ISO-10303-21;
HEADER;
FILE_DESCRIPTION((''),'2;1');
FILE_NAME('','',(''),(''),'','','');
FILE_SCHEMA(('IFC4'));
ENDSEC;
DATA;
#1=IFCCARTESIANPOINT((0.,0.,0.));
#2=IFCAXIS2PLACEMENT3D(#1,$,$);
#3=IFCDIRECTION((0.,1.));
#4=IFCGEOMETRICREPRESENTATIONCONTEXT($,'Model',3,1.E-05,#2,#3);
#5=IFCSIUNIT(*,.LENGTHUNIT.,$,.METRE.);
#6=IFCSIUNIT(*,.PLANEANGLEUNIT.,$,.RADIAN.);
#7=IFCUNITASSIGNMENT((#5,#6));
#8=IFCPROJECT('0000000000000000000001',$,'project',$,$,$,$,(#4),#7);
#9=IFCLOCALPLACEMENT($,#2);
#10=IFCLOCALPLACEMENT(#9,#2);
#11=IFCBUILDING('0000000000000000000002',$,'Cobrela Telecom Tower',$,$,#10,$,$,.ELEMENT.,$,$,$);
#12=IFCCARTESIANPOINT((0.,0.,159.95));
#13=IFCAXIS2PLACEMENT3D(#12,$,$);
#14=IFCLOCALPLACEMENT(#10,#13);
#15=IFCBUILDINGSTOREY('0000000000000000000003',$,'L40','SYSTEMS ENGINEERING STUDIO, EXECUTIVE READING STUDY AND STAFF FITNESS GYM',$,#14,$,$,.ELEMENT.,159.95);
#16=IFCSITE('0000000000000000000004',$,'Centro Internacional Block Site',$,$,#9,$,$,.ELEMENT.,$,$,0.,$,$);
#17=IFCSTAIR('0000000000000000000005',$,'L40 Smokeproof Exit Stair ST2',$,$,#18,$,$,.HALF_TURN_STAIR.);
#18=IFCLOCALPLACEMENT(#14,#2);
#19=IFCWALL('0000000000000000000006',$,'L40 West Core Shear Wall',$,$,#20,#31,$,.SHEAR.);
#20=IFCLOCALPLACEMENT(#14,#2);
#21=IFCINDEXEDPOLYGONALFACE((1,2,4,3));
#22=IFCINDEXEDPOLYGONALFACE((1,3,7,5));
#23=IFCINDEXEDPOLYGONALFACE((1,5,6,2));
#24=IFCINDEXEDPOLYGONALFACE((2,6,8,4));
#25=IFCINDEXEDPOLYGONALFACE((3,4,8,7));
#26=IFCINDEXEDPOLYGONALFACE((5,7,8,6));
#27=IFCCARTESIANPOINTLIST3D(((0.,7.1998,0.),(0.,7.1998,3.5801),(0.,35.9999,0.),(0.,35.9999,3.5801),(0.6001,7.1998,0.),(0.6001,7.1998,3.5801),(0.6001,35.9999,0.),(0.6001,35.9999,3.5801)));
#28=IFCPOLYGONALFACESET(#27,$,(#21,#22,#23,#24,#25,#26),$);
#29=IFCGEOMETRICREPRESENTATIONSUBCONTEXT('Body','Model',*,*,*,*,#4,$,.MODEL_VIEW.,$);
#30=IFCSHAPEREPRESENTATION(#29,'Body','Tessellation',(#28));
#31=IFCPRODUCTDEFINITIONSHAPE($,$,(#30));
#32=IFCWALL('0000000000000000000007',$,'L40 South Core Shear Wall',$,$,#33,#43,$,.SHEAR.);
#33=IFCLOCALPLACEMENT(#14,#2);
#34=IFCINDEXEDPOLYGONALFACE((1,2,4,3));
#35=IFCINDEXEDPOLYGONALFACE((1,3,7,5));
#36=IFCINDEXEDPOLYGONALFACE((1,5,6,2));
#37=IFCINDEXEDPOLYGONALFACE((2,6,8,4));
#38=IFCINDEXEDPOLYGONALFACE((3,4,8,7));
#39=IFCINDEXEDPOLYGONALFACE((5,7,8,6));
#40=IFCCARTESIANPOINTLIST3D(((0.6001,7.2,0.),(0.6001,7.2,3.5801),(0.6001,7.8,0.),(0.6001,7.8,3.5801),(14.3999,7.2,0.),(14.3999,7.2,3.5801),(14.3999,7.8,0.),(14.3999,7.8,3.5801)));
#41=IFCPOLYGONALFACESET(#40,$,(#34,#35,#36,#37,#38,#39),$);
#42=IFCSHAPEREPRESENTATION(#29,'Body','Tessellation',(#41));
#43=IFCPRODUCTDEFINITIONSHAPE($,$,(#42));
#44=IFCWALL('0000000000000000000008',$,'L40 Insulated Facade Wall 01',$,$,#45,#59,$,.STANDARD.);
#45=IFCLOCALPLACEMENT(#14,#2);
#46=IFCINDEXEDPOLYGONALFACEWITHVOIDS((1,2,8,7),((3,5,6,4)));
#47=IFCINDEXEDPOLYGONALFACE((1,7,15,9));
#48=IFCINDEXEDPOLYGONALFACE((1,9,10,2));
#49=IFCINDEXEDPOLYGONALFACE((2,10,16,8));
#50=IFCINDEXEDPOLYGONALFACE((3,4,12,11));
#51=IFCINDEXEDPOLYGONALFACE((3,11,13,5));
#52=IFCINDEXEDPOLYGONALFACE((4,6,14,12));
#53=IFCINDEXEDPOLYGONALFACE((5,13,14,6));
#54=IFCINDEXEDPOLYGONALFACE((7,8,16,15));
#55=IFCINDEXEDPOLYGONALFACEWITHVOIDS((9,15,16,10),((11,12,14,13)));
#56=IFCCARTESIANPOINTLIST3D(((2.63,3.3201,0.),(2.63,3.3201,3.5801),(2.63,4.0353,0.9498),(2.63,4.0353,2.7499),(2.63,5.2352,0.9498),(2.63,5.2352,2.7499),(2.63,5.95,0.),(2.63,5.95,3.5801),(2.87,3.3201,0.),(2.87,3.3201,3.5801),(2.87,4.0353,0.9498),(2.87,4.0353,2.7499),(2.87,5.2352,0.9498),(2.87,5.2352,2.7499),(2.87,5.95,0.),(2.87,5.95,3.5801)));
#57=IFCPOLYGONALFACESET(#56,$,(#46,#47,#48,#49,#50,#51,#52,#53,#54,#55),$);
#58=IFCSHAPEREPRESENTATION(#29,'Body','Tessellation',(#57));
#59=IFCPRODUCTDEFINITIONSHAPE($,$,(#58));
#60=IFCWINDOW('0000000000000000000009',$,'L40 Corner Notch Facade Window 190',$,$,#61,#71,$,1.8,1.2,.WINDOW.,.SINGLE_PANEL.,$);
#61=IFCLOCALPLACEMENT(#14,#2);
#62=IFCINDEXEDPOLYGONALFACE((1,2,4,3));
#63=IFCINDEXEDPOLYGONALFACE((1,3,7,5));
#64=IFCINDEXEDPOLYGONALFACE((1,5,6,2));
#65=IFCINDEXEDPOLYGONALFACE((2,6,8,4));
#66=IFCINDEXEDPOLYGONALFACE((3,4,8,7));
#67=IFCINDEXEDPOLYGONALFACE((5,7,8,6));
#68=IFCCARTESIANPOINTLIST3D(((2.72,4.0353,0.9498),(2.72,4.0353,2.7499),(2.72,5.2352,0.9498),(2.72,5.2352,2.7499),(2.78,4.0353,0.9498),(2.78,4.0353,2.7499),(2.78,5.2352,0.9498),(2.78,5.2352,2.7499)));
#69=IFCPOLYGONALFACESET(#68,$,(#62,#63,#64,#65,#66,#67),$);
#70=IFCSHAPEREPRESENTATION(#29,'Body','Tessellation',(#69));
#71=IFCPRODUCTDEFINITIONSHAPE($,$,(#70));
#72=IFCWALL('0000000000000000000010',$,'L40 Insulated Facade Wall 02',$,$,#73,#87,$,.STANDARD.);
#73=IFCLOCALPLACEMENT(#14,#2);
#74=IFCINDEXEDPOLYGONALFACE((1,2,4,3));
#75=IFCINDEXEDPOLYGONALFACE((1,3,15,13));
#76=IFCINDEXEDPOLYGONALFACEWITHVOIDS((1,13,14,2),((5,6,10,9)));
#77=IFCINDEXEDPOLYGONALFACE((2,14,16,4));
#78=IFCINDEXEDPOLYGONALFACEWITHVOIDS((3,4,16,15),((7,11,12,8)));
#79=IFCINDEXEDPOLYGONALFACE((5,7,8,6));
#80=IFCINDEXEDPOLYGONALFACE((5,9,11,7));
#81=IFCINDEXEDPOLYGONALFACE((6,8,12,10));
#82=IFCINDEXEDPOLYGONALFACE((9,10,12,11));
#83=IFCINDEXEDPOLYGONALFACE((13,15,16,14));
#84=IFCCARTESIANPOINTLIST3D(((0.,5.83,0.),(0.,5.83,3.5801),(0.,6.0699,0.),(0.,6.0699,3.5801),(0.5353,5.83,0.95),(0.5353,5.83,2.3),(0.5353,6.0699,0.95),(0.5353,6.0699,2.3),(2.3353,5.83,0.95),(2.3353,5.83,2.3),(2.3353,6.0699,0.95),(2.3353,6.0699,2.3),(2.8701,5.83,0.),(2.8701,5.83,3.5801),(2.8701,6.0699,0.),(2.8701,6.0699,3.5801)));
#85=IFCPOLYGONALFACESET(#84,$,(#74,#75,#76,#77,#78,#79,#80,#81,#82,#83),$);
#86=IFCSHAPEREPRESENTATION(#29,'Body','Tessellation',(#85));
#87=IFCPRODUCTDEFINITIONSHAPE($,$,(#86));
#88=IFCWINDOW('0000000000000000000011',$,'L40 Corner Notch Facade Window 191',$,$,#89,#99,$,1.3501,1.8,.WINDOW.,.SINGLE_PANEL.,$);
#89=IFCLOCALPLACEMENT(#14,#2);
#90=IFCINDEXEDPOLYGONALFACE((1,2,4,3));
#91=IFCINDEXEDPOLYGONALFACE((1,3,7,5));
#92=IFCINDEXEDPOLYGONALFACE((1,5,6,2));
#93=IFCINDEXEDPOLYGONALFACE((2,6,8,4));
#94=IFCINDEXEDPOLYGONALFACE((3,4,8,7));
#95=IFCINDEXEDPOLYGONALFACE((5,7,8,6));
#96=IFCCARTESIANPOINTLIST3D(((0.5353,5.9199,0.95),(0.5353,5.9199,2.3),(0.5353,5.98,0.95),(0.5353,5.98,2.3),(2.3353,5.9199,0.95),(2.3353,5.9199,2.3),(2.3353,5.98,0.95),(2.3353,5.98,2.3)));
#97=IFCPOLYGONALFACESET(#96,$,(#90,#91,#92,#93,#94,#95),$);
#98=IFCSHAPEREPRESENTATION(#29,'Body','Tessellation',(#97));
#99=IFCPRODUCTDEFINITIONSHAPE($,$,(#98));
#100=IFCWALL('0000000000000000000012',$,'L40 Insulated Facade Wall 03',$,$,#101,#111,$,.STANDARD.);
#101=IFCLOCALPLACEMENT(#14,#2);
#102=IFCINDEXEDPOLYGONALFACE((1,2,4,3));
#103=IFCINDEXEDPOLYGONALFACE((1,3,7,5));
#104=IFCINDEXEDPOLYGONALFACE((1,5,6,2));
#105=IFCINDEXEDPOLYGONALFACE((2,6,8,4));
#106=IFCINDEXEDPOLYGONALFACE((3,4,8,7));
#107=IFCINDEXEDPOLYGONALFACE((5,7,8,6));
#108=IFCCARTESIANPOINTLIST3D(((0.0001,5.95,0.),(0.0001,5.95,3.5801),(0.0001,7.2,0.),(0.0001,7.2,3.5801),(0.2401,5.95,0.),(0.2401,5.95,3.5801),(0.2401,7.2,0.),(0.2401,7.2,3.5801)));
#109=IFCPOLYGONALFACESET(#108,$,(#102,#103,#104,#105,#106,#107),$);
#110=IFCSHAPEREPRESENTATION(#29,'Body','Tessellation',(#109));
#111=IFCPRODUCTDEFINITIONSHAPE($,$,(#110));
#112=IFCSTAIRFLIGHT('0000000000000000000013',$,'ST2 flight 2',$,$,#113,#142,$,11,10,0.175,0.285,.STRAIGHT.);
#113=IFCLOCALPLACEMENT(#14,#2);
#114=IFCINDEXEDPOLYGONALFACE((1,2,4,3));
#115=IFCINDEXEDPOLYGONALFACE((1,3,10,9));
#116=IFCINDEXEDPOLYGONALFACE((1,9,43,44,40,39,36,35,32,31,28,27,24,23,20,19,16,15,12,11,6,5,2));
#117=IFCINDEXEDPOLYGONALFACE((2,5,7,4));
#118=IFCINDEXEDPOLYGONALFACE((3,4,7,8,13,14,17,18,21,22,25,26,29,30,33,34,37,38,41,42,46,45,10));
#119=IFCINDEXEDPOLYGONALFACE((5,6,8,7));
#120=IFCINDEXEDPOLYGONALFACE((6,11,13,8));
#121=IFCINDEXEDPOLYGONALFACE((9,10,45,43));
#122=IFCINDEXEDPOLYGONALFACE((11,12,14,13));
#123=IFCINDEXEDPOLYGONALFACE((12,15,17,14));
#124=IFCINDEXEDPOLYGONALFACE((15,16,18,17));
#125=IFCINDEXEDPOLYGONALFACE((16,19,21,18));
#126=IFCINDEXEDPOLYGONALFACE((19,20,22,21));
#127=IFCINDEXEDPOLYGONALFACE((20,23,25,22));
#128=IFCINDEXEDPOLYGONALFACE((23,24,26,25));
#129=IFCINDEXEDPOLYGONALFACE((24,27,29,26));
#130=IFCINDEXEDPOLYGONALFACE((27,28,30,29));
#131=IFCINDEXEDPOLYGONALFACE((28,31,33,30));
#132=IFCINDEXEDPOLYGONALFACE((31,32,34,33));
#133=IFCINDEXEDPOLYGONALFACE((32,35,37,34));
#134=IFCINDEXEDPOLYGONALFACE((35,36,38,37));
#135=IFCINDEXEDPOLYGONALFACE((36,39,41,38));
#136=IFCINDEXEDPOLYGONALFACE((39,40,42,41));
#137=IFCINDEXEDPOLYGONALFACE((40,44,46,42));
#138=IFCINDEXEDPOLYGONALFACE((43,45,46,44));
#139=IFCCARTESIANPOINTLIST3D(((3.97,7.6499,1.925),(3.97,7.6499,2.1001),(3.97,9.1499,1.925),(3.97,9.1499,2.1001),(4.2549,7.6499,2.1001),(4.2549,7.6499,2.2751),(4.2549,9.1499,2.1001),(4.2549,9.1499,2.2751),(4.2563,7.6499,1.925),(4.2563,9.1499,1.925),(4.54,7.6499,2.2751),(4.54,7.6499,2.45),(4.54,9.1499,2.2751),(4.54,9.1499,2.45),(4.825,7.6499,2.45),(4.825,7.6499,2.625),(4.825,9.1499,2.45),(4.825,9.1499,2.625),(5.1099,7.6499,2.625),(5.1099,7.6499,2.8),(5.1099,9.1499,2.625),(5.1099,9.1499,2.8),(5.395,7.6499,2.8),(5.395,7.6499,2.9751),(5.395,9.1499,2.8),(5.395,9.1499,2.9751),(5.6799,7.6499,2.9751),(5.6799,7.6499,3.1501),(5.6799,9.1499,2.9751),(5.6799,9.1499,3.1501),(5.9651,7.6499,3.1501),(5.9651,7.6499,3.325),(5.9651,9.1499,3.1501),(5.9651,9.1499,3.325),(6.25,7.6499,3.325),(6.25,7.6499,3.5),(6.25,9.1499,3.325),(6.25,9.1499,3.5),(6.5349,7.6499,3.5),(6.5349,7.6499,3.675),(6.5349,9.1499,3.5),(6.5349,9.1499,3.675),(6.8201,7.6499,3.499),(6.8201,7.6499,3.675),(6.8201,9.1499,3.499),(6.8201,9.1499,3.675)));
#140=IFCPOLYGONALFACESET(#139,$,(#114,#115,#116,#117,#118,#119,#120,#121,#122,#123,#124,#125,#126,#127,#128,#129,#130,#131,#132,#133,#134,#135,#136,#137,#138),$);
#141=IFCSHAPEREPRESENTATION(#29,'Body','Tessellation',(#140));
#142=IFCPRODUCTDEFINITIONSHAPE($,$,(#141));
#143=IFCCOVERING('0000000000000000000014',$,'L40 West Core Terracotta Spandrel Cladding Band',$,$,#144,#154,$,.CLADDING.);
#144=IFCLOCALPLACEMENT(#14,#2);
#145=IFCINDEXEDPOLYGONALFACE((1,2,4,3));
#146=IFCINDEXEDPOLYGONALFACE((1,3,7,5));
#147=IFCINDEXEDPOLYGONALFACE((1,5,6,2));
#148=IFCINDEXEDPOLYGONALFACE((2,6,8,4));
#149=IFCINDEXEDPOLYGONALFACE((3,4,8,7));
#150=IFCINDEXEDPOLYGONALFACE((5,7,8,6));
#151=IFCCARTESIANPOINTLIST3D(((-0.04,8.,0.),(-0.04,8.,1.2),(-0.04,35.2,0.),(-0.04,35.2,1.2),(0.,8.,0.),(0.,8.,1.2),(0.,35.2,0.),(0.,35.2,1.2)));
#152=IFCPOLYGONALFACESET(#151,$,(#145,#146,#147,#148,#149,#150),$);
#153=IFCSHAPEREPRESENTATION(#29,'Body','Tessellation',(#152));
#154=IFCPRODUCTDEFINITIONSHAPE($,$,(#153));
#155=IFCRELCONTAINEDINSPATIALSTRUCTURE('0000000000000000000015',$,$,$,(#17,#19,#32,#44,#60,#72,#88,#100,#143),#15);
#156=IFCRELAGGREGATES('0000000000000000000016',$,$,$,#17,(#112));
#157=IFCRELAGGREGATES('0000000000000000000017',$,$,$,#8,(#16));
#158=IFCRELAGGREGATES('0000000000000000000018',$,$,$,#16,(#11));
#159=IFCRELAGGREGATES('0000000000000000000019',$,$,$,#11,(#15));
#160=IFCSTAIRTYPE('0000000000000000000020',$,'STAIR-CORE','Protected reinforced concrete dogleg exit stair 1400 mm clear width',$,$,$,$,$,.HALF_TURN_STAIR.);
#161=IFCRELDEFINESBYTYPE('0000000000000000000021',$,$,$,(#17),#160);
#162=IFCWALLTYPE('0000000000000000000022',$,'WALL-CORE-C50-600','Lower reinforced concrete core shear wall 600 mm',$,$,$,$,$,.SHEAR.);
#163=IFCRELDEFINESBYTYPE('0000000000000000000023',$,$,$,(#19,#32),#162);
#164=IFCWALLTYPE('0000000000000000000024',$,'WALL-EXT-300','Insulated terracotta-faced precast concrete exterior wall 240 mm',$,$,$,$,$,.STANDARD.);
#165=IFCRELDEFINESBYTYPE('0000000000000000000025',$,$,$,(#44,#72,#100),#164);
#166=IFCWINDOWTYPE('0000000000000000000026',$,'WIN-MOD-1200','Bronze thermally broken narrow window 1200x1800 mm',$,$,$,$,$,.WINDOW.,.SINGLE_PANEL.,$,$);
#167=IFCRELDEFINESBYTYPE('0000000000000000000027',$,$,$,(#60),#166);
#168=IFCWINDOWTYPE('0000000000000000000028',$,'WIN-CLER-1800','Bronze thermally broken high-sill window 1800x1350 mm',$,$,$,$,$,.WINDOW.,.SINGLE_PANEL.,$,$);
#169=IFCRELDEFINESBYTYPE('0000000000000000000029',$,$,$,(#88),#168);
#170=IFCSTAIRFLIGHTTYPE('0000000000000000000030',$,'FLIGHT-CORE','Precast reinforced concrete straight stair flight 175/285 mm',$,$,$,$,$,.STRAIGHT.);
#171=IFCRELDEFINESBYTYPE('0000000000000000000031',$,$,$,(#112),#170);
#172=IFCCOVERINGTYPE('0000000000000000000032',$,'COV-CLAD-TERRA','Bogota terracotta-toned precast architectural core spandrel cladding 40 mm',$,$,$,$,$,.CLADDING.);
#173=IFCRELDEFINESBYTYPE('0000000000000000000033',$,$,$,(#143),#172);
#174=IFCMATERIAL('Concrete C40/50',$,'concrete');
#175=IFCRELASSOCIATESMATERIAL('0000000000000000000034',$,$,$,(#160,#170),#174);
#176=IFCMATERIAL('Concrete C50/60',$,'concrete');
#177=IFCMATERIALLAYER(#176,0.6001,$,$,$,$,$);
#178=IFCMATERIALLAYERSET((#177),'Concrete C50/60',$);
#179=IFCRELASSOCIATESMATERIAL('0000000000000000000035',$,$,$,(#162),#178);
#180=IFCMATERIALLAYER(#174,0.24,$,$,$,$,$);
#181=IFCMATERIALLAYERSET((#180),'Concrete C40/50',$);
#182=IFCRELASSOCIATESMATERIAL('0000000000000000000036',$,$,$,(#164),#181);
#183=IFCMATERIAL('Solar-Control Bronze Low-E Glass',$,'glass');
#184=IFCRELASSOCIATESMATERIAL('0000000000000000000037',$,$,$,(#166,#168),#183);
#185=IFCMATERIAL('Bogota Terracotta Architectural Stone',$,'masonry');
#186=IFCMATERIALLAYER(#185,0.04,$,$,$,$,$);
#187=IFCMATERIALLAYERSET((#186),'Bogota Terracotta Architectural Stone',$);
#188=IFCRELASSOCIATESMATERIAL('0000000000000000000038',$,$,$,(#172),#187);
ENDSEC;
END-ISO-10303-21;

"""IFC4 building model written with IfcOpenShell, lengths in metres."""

from ifc_helpers import new_model, si_unit, direction, frame, frame_2d, origin, place, context, subcontext, project, spatial, polyline, rectangle, outline, extrude, material, layer, layer_set, type_object, element, fill, aggregate, save


model = new_model("IFC4")

# Units and contexts
model_context = context("Model", 3, precision=1e-05, world=origin(), true_north=direction((0.0, 1.0)))
body_context = subcontext(model_context, "Body", "Model", "MODEL_VIEW")
ifc_project = project(units=[si_unit("LENGTHUNIT", "METRE"), si_unit("PLANEANGLEUNIT", "RADIAN")], contexts=[model_context])

# Site, building, storey
site_placement = place(None, origin())
site = spatial("IfcSite", under=ifc_project, at=site_placement, Name="Centro Internacional Block Site", CompositionType="ELEMENT", RefElevation=0.0)
building_placement = place(site_placement, origin())
building = spatial("IfcBuilding", under=site, at=building_placement, Name="Cobrela Telecom Tower", CompositionType="ELEMENT")
storey_placement = place(building_placement, frame((0.0, 0.0, 159.95)))
storey = spatial("IfcBuildingStorey", under=building, at=storey_placement, Name="L40", Description="SYSTEMS ENGINEERING STUDIO, EXECUTIVE READING STUDY AND STAFF FITNESS GYM", CompositionType="ELEMENT", Elevation=159.95)

# Shared definitions
ifc_material_1 = material(Name="Solar-Control Bronze Low-E Glass", Category="glass")

# Shared definitions
ifc_material_2 = material(Name="Concrete C40/50", Category="concrete")

# Stair
stair_type = type_object("IfcStairType", Name="STAIR-CORE", Description="Protected reinforced concrete dogleg exit stair 1400 mm clear width", PredefinedType="HALF_TURN_STAIR", material=ifc_material_2)
stair_1_placement = place(storey_placement, origin())
stair_1 = element("IfcStair", 1, at=stair_1_placement, inside=storey, type_object=stair_type, Name="L40 Smokeproof Exit Stair ST2", PredefinedType="HALF_TURN_STAIR")

# Walls
ifc_material_3 = material(Name="Concrete C50/60", Category="concrete")
ifc_layer_1 = layer(ifc_material_3, 0.6001)
ifc_layer_set_1 = layer_set([ifc_layer_1], Name="Concrete C50/60")
wall_type_1 = type_object("IfcWallType", Name="WALL-CORE-C50-600", Description="Lower reinforced concrete core shear wall 600 mm", PredefinedType="SHEAR", material=ifc_layer_set_1)
wall_1_placement = place(storey_placement, frame((0.3, 7.2, 0.0), z_axis=(0.0, 0.0, 1.0), x_axis=(0.0, 1.0, 0.0)))
element("IfcWall", 2, at=wall_1_placement, inside=storey, type_object=wall_type_1, Name="L40 West Core Shear Wall", PredefinedType="SHEAR", context=body_context, shape_type="SweptSolid", body=[
    extrude(rectangle(XDim=28.8, YDim=0.6001, at=frame_2d((14.3999, 0.0))), origin(), (0.0, 0.0, 1.0), 3.5801),
])
wall_2_placement = place(storey_placement, frame((0.6001, 7.5, 0.0), z_axis=(0.0, 0.0, 1.0), x_axis=(1.0, 0.0, 0.0)))
element("IfcWall", 3, at=wall_2_placement, inside=storey, type_object=wall_type_1, Name="L40 South Core Shear Wall", PredefinedType="SHEAR", context=body_context, shape_type="SweptSolid", body=[
    extrude(rectangle(XDim=13.7998, YDim=0.6001, at=frame_2d((6.8999, 0.0))), origin(), (0.0, 0.0, 1.0), 3.5801),
])

# Walls, openings, windows
ifc_layer_2 = layer(ifc_material_2, 0.24)
ifc_layer_set_2 = layer_set([ifc_layer_2], Name="Concrete C40/50")
wall_type_2 = type_object("IfcWallType", Name="WALL-EXT-300", Description="Insulated terracotta-faced precast concrete exterior wall 240 mm", PredefinedType="STANDARD", material=ifc_layer_set_2)
wall_3_placement = place(storey_placement, frame((2.75, 3.3201, 0.0), z_axis=(0.0, 0.0, 1.0), x_axis=(0.0, 1.0, 0.0)))
wall_3 = element("IfcWall", 4, at=wall_3_placement, inside=storey, type_object=wall_type_2, Name="L40 Insulated Facade Wall 01", PredefinedType="STANDARD", context=body_context, shape_type="SweptSolid", body=[
    extrude(rectangle(XDim=2.6299, YDim=0.24, at=frame_2d((1.3149, 0.0))), origin(), (0.0, 0.0, 1.0), 3.5801),
])
opening_1_placement = place(wall_3_placement, frame((0.7151, 0.0, 0.95)))
opening_1 = element("IfcOpeningElement", 5, at=opening_1_placement, cuts=wall_3, PredefinedType="OPENING", context=body_context, shape_type="SweptSolid", body=[
    extrude(rectangle(XDim=1.2, YDim=1.8, at=frame_2d((0.6001, 0.8999))), frame((0.0, 0.1318, 0.0), z_axis=(0.0, -1.0, 0.0), x_axis=(1.0, 0.0, 0.0)), (0.0, 0.0, 1.0), 0.2639),
])
window_type_1 = type_object("IfcWindowType", Name="WIN-MOD-1200", Description="Bronze thermally broken narrow window 1200x1800 mm", PartitioningType="SINGLE_PANEL", PredefinedType="WINDOW", material=ifc_material_1)
window_1_placement = place(opening_1_placement, origin())
window_1 = element("IfcWindow", 6, at=window_1_placement, inside=storey, type_object=window_type_1, Name="L40 Corner Notch Facade Window 190", OverallHeight=1.8, OverallWidth=1.2, PartitioningType="SINGLE_PANEL", PredefinedType="WINDOW", context=body_context, shape_type="SweptSolid", body=[
    extrude(rectangle(XDim=1.2, YDim=1.8, at=frame_2d((0.6001, 0.8999))), frame((0.0, 0.03, 0.0), z_axis=(0.0, -1.0, 0.0), x_axis=(1.0, 0.0, 0.0)), (0.0, 0.0, 1.0), 0.0601),
])
fill(opening_1, window_1)
wall_4_placement = place(storey_placement, frame((2.8701, 5.95, 0.0), z_axis=(0.0, 0.0, 1.0), x_axis=(-1.0, 0.0, 0.0)))
wall_4 = element("IfcWall", 7, at=wall_4_placement, inside=storey, type_object=wall_type_2, Name="L40 Insulated Facade Wall 02", PredefinedType="STANDARD", context=body_context, shape_type="SweptSolid", body=[
    extrude(rectangle(XDim=2.8701, YDim=0.24, at=frame_2d((1.4351, 0.0))), origin(), (0.0, 0.0, 1.0), 3.5801),
])
opening_2_placement = place(wall_4_placement, frame((0.5349, 0.0, 0.95)))
opening_2 = element("IfcOpeningElement", 8, at=opening_2_placement, cuts=wall_4, PredefinedType="OPENING", context=body_context, shape_type="SweptSolid", body=[
    extrude(rectangle(XDim=1.8, YDim=1.3501, at=frame_2d((0.8999, 0.675))), frame((0.0, 0.1318, 0.0), z_axis=(0.0, -1.0, 0.0), x_axis=(1.0, 0.0, 0.0)), (0.0, 0.0, 1.0), 0.2639),
])
window_type_2 = type_object("IfcWindowType", Name="WIN-CLER-1800", Description="Bronze thermally broken high-sill window 1800x1350 mm", PartitioningType="SINGLE_PANEL", PredefinedType="WINDOW", material=ifc_material_1)
window_2_placement = place(opening_2_placement, origin())
window_2 = element("IfcWindow", 9, at=window_2_placement, inside=storey, type_object=window_type_2, Name="L40 Corner Notch Facade Window 191", OverallHeight=1.3501, OverallWidth=1.8, PartitioningType="SINGLE_PANEL", PredefinedType="WINDOW", context=body_context, shape_type="SweptSolid", body=[
    extrude(rectangle(XDim=1.8, YDim=1.3501, at=frame_2d((0.8999, 0.675))), frame((0.0, 0.03, 0.0), z_axis=(0.0, -1.0, 0.0), x_axis=(1.0, 0.0, 0.0)), (0.0, 0.0, 1.0), 0.0601),
])
fill(opening_2, window_2)

# Wall
wall_5_placement = place(storey_placement, frame((0.1201, 5.95, 0.0), z_axis=(0.0, 0.0, 1.0), x_axis=(0.0, 1.0, 0.0)))
element("IfcWall", 10, at=wall_5_placement, inside=storey, type_object=wall_type_2, Name="L40 Insulated Facade Wall 03", PredefinedType="STANDARD", context=body_context, shape_type="SweptSolid", body=[
    extrude(rectangle(XDim=1.25, YDim=0.24, at=frame_2d((0.625, 0.0))), origin(), (0.0, 0.0, 1.0), 3.5801),
])

# Stair flight
stair_flight_type = type_object("IfcStairFlightType", Name="FLIGHT-CORE", Description="Precast reinforced concrete straight stair flight 175/285 mm", PredefinedType="STRAIGHT", material=ifc_material_2)
stair_flight_placement = place(storey_placement, frame((3.97, 8.3999, 1.925), z_axis=(0.0, 0.0, 1.0), x_axis=(1.0, 0.0, 0.0)))
stair_flight = element("IfcStairFlight", 11, at=stair_flight_placement, type_object=stair_flight_type, Name="ST2 flight 2", NumberOfRisers=11, NumberOfTreads=10, PredefinedType="STRAIGHT", RiserHeight=0.175, TreadLength=0.285, context=body_context, shape_type="SweptSolid", body=[
    extrude(outline(polyline([(0.0, 0.0), (0.0, 0.175), (0.2849, 0.175), (0.2849, 0.3501), (0.5701, 0.3501), (0.5701, 0.5249), (0.855, 0.5249), (0.855, 0.7), (1.1399, 0.7), (1.1399, 0.875), (1.425, 0.875), (1.425, 1.05), (1.71, 1.05), (1.71, 1.2251), (1.9951, 1.2251), (1.9951, 1.3999), (2.28, 1.3999), (2.28, 1.575), (2.5649, 1.575), (2.5649, 1.75), (2.8501, 1.75), (2.8501, 1.925), (2.8501, 1.574), (0.2864, 0.0), (0.0, 0.0)])), frame((0.0, 0.75, 0.0), z_axis=(0.0, -1.0, 0.0), x_axis=(1.0, 0.0, 0.0)), (0.0, 0.0, 1.0), 1.5),
])
aggregate(stair_1, [stair_flight])

# Covering
ifc_material_4 = material(Name="Bogota Terracotta Architectural Stone", Category="masonry")
ifc_layer_3 = layer(ifc_material_4, 0.04)
ifc_layer_set_3 = layer_set([ifc_layer_3], Name="Bogota Terracotta Architectural Stone")
covering_type = type_object("IfcCoveringType", Name="COV-CLAD-TERRA", Description="Bogota terracotta-toned precast architectural core spandrel cladding 40 mm", PredefinedType="CLADDING", material=ifc_layer_set_3)
covering_placement = place(storey_placement, origin())
element("IfcCovering", 12, at=covering_placement, inside=storey, type_object=covering_type, Name="L40 West Core Terracotta Spandrel Cladding Band", PredefinedType="CLADDING", context=body_context, shape_type="SweptSolid", body=[
    extrude(outline(polyline([(-0.04, 8.0), (0.0, 8.0), (0.0, 35.2), (-0.04, 35.2), (-0.04, 8.0)])), origin(), (0.0, 0.0, 1.0), 1.2),
])

save(model, "model.ifc")
